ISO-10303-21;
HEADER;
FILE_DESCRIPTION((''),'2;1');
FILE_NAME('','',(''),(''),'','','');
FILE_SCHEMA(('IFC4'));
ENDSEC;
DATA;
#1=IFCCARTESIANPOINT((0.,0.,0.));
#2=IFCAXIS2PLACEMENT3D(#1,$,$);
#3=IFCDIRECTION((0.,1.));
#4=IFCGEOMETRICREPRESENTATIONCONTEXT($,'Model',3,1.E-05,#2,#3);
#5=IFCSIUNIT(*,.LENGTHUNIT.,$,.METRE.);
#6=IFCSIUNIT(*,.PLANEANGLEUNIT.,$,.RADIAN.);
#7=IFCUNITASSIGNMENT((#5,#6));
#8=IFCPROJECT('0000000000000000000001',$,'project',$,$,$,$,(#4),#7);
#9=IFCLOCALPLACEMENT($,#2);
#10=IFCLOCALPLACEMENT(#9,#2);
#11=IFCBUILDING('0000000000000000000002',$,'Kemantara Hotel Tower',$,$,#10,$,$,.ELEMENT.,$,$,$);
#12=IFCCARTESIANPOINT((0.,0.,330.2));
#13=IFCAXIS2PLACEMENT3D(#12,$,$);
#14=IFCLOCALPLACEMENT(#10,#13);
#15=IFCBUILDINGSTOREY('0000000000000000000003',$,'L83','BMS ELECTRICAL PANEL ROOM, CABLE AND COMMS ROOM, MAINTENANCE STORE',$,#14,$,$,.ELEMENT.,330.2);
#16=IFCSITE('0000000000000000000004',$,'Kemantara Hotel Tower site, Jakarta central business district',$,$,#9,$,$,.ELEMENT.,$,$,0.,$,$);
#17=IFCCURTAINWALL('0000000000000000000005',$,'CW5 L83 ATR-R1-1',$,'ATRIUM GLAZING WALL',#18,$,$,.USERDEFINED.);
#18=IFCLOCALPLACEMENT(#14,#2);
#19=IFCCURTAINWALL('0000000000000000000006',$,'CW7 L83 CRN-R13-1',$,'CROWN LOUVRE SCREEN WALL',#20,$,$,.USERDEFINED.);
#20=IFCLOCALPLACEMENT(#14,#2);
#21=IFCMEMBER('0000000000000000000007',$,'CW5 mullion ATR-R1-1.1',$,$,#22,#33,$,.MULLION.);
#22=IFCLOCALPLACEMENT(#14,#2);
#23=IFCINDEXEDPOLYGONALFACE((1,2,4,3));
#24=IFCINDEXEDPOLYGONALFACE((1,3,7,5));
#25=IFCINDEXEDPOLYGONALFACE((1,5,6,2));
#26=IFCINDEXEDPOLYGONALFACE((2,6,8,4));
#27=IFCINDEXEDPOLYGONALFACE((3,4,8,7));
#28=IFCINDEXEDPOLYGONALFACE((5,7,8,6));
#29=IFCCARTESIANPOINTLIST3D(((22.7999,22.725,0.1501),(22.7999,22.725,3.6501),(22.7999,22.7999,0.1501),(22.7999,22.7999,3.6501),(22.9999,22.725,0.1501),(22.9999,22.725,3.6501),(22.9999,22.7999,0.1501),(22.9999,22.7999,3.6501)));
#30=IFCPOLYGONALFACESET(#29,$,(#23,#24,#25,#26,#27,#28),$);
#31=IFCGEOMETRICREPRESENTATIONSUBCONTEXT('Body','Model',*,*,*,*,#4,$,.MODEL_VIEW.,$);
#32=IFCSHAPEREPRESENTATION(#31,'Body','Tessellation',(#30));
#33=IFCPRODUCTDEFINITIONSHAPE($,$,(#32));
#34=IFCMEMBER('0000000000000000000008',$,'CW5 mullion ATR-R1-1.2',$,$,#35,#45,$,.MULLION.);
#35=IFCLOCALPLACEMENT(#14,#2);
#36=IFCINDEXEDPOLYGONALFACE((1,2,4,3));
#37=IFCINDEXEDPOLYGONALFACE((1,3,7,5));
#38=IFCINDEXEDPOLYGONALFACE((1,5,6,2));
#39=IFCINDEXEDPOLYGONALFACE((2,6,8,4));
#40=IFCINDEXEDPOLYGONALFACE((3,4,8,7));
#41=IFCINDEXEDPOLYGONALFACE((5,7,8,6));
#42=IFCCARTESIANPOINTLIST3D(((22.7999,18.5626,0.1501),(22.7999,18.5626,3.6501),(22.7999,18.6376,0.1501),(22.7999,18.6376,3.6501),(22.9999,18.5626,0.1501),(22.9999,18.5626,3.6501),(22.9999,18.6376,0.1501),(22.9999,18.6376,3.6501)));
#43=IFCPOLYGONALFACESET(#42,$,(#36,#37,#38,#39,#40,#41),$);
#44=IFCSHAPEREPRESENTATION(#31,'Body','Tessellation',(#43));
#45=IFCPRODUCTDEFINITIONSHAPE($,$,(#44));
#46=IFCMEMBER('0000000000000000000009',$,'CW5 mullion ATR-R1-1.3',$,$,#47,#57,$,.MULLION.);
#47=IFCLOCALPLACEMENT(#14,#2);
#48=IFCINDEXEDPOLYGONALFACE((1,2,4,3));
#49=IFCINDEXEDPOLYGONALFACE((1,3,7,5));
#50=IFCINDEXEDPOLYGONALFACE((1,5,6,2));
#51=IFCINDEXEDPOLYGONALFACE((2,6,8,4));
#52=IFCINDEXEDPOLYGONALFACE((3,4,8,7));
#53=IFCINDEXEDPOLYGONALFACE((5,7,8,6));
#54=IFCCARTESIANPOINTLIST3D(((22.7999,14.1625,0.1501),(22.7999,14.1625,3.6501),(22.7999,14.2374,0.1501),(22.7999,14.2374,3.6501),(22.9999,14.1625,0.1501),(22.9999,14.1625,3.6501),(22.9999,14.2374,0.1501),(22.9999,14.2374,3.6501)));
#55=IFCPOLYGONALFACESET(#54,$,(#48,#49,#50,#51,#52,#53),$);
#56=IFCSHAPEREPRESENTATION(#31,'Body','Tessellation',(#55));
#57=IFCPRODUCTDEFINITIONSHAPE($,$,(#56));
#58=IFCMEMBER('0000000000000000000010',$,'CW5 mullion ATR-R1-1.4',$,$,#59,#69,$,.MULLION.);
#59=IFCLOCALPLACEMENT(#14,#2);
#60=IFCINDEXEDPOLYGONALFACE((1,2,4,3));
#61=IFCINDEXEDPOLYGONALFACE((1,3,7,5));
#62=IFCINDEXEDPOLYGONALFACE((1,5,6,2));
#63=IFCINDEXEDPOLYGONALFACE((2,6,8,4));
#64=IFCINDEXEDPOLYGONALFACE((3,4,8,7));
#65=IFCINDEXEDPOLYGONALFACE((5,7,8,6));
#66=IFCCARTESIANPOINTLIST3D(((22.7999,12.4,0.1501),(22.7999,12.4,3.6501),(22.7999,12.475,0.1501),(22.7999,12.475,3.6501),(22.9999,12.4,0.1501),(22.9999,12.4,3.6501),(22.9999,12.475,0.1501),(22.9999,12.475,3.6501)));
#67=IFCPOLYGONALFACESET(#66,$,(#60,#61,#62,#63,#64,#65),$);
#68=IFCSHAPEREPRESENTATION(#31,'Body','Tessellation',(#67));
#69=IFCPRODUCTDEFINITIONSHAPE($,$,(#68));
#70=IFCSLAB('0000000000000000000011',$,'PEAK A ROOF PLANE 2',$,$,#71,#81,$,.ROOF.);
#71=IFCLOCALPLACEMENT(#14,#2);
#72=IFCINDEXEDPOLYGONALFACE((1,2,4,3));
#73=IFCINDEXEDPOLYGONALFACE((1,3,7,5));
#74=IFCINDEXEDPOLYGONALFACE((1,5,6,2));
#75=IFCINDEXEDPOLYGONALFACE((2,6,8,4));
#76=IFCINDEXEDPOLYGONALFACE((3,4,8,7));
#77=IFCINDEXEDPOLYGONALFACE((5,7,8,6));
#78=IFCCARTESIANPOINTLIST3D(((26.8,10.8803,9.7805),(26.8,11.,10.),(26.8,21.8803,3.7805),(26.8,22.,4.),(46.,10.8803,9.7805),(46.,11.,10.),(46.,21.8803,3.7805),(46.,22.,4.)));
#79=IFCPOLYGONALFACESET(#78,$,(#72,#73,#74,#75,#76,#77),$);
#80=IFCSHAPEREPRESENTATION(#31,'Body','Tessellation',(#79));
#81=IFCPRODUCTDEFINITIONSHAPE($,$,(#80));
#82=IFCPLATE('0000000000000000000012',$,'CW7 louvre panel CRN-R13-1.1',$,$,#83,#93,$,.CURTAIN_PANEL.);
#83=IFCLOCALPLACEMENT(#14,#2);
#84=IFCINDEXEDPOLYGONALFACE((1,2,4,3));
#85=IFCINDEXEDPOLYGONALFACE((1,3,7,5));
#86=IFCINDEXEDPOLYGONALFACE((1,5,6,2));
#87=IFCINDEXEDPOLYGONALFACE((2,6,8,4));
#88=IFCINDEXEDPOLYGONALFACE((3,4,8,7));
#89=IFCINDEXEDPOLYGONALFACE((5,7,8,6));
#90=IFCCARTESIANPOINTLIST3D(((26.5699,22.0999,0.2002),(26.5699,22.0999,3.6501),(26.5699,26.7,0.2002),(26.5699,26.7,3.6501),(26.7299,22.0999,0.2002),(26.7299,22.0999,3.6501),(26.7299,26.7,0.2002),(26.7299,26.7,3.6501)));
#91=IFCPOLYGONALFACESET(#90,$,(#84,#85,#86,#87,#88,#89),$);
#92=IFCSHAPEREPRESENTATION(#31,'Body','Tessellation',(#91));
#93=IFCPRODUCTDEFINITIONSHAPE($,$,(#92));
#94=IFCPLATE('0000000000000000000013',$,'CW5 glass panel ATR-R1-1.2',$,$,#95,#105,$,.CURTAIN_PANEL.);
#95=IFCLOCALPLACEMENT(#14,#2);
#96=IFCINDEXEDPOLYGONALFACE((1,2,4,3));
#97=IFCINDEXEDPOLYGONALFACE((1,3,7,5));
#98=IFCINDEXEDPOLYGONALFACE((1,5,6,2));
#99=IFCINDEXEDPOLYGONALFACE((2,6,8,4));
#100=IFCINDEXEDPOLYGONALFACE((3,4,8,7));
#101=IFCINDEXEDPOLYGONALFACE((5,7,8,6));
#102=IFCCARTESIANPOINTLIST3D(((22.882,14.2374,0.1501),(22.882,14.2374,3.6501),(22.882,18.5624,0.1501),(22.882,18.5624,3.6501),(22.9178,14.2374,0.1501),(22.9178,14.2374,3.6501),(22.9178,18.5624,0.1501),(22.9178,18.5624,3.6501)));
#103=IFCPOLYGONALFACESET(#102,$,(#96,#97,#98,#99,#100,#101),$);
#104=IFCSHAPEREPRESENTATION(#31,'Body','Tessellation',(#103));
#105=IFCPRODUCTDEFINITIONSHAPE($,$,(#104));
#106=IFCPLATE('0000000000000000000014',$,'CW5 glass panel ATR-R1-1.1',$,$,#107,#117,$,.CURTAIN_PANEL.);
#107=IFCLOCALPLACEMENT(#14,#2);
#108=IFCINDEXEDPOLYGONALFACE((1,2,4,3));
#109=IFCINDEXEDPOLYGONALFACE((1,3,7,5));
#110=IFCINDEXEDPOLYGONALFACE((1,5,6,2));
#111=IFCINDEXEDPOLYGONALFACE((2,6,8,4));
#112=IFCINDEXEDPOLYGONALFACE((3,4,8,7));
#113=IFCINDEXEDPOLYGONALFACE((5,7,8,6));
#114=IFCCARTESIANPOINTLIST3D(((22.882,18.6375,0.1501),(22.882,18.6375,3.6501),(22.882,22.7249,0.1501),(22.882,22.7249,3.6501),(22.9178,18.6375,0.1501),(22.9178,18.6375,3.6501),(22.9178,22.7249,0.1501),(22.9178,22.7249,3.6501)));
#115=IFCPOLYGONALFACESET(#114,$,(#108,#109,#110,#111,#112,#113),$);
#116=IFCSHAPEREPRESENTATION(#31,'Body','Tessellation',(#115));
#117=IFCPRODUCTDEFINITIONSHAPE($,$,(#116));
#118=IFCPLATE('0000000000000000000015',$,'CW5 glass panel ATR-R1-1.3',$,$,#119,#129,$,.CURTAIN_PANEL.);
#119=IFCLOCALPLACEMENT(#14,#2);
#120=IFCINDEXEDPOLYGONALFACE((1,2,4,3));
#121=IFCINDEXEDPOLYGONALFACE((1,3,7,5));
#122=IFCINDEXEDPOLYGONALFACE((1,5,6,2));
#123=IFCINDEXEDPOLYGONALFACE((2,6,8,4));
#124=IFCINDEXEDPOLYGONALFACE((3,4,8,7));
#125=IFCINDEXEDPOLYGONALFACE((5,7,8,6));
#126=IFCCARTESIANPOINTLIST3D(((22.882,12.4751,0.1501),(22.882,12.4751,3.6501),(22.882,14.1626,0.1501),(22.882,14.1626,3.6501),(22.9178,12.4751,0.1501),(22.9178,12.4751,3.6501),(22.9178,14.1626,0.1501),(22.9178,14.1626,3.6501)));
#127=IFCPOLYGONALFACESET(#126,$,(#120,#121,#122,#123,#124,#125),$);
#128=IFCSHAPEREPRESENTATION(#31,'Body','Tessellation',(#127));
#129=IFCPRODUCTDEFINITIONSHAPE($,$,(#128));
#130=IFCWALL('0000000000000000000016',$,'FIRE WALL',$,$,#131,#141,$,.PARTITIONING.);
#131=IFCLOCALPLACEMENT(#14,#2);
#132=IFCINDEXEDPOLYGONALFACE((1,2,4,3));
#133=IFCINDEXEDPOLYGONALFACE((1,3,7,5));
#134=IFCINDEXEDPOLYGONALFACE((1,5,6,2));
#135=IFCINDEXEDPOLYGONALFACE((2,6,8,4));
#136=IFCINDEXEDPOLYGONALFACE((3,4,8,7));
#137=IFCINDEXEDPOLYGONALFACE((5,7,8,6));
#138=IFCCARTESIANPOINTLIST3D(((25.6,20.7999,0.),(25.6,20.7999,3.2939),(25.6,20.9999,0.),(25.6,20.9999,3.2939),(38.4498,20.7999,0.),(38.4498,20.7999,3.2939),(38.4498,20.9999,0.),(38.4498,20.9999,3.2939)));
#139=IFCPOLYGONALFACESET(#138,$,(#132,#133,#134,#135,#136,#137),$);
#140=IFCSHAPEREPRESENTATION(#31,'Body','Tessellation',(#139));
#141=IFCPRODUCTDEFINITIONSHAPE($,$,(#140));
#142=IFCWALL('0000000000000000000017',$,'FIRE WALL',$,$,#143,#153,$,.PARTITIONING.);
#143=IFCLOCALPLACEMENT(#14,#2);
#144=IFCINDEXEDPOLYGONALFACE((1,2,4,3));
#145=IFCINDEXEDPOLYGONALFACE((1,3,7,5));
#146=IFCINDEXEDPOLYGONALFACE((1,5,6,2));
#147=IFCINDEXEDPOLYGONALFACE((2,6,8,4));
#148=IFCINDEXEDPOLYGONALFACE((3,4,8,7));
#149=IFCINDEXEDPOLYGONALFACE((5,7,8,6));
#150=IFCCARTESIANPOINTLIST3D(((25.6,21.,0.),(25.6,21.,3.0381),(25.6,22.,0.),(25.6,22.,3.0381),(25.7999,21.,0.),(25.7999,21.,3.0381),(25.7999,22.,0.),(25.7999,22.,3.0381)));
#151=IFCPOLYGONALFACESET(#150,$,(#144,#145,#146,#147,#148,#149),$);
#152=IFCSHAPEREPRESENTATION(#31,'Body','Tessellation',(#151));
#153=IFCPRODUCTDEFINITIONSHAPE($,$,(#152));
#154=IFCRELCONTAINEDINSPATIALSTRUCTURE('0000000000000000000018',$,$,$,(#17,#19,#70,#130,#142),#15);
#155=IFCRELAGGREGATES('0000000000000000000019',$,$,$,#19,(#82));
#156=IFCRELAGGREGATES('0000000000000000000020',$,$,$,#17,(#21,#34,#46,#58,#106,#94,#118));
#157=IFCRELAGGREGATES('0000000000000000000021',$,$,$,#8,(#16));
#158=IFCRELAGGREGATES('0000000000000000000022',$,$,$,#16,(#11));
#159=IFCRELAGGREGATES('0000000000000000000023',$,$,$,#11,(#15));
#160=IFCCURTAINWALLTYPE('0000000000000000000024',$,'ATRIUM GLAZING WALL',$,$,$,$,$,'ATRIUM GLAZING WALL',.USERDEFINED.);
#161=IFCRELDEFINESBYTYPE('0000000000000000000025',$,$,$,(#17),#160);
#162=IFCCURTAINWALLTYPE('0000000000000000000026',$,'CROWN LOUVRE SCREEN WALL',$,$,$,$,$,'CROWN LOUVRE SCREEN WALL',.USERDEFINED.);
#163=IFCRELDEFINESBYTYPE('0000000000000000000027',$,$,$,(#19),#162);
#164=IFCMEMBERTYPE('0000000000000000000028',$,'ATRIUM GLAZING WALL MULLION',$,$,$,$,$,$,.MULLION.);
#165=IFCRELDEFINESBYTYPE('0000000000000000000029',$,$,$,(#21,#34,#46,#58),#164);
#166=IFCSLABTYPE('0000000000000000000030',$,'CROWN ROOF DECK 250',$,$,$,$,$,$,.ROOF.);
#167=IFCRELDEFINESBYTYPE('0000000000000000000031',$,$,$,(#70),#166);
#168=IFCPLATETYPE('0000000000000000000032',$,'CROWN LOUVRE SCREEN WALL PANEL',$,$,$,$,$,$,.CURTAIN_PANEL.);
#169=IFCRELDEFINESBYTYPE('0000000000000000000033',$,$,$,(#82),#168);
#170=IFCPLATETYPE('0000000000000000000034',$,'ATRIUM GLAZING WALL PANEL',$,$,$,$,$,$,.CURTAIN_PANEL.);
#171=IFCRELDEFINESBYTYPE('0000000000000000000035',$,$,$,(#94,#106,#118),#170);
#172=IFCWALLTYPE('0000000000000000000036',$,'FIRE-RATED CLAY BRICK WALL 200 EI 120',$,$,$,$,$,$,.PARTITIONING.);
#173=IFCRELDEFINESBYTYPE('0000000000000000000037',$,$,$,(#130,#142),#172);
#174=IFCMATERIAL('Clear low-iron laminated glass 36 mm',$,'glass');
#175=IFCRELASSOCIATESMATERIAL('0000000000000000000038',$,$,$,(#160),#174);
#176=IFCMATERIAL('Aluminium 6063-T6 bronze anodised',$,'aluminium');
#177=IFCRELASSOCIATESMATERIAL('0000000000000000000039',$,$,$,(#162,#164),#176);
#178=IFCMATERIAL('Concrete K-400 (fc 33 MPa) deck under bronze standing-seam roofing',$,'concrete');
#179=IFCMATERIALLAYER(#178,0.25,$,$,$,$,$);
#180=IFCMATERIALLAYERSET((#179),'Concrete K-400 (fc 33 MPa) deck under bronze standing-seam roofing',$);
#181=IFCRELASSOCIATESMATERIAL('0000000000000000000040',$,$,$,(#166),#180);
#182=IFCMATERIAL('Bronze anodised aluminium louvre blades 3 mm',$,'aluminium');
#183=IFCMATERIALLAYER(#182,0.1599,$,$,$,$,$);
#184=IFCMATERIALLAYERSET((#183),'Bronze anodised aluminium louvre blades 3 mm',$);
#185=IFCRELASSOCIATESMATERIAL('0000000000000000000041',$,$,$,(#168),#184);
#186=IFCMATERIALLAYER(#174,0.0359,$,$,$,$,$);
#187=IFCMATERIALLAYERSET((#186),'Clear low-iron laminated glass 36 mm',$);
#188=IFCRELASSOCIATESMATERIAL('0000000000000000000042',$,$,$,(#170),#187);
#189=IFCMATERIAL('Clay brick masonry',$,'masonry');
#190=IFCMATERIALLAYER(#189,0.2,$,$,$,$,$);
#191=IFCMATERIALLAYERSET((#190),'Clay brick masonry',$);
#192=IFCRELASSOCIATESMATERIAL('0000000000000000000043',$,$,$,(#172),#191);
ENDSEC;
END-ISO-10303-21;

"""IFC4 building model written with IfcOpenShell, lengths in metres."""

from ifc_helpers import new_model, si_unit, direction, frame, frame_2d, origin, origin_2d, place, context, subcontext, project, spatial, polyline, rectangle, outline, extrude, source, transform, mapped, material, layer, layer_set, material_profile, profile_set, type_object, element, aggregate, save


model = new_model("IFC4")

# Units and contexts
model_context = context("Model", 3, precision=1e-05, world=origin(), true_north=direction((0.0, 1.0)))
body_context = subcontext(model_context, "Body", "Model", "MODEL_VIEW")
ifc_project = project(units=[si_unit("LENGTHUNIT", "METRE"), si_unit("PLANEANGLEUNIT", "RADIAN")], contexts=[model_context])

# Site, building, storey
site_placement = place(None, origin())
site = spatial("IfcSite", under=ifc_project, at=site_placement, Name="Kemantara Hotel Tower site, Jakarta central business district", CompositionType="ELEMENT", RefElevation=0.0)
building_placement = place(site_placement, origin())
building = spatial("IfcBuilding", under=site, at=building_placement, Name="Kemantara Hotel Tower", CompositionType="ELEMENT")
storey_placement = place(building_placement, frame((0.0, 0.0, 330.2)))
storey = spatial("IfcBuildingStorey", under=building, at=storey_placement, Name="L83", Description="BMS ELECTRICAL PANEL ROOM, CABLE AND COMMS ROOM, MAINTENANCE STORE", CompositionType="ELEMENT", Elevation=330.2)

# Curtain wall
ifc_material_1 = material(Name="Clear low-iron laminated glass 36 mm", Category="glass")
curtain_wall_type_1 = type_object("IfcCurtainWallType", Name="ATRIUM GLAZING WALL", ElementType="ATRIUM GLAZING WALL", PredefinedType="USERDEFINED", material=ifc_material_1)
curtain_wall_1_placement = place(storey_placement, origin())
curtain_wall_1 = element("IfcCurtainWall", 1, at=curtain_wall_1_placement, inside=storey, type_object=curtain_wall_type_1, Name="CW5 L83 ATR-R1-1", ObjectType="ATRIUM GLAZING WALL", PredefinedType="USERDEFINED")
ifc_material_2 = material(Name="Aluminium 6063-T6 bronze anodised", Category="aluminium")

# Curtain wall
curtain_wall_type_2 = type_object("IfcCurtainWallType", Name="CROWN LOUVRE SCREEN WALL", ElementType="CROWN LOUVRE SCREEN WALL", PredefinedType="USERDEFINED", material=ifc_material_2)
curtain_wall_2_placement = place(storey_placement, origin())
curtain_wall_2 = element("IfcCurtainWall", 2, at=curtain_wall_2_placement, inside=storey, type_object=curtain_wall_type_2, Name="CW7 L83 CRN-R13-1", ObjectType="CROWN LOUVRE SCREEN WALL", PredefinedType="USERDEFINED")

# Shared definitions
ifc_material_profile_1 = material_profile(ifc_material_2, rectangle(XDim=0.2, YDim=0.075, at=origin_2d()), Name="ATRIUM GLAZING WALL MULLION")
ifc_profile_set_1 = profile_set([ifc_material_profile_1], Name="Aluminium 6063-T6 bronze anodised")
member_type_1 = type_object("IfcMemberType", Name="ATRIUM GLAZING WALL MULLION", PredefinedType="MULLION", material=ifc_profile_set_1)
shared_shape_1 = source(origin(), body_context, "Body", "SweptSolid", [
    extrude(rectangle(XDim=0.2, YDim=0.075, at=origin_2d()), origin(), (0.0, 0.0, 1.0), 3.5),
])

# Members
member_1_placement = place(storey_placement, frame((22.8999, 22.7625, 0.1501), z_axis=(0.0, 0.0, 1.0), x_axis=(1.0, 0.0, 0.0)))
member_1 = element("IfcMember", 3, at=member_1_placement, type_object=member_type_1, Name="CW5 mullion ATR-R1-1.1", PredefinedType="MULLION", context=body_context, shape_type="MappedRepresentation", body=[
    mapped(shared_shape_1, transform((0.0, 0.0, 0.0))),
])
member_2_placement = place(storey_placement, frame((22.8999, 18.6001, 0.1501), z_axis=(0.0, 0.0, 1.0), x_axis=(1.0, 0.0, 0.0)))
member_2 = element("IfcMember", 4, at=member_2_placement, type_object=member_type_1, Name="CW5 mullion ATR-R1-1.2", PredefinedType="MULLION", context=body_context, shape_type="MappedRepresentation", body=[
    mapped(shared_shape_1, transform((0.0, 0.0, 0.0))),
])
member_3_placement = place(storey_placement, frame((22.8999, 14.2, 0.1501), z_axis=(0.0, 0.0, 1.0), x_axis=(1.0, 0.0, 0.0)))
member_3 = element("IfcMember", 5, at=member_3_placement, type_object=member_type_1, Name="CW5 mullion ATR-R1-1.3", PredefinedType="MULLION", context=body_context, shape_type="MappedRepresentation", body=[
    mapped(shared_shape_1, transform((0.0, 0.0, 0.0))),
])
member_4_placement = place(storey_placement, frame((22.8999, 12.4375, 0.1501), z_axis=(0.0, 0.0, 1.0), x_axis=(1.0, 0.0, 0.0)))
member_4 = element("IfcMember", 6, at=member_4_placement, type_object=member_type_1, Name="CW5 mullion ATR-R1-1.4", PredefinedType="MULLION", context=body_context, shape_type="MappedRepresentation", body=[
    mapped(shared_shape_1, transform((0.0, 0.0, 0.0))),
])

# Slab
ifc_material_3 = material(Name="Concrete K-400 (fc 33 MPa) deck under bronze standing-seam roofing", Category="concrete")
ifc_layer_1 = layer(ifc_material_3, 0.25)
ifc_layer_set_1 = layer_set([ifc_layer_1], Name="Concrete K-400 (fc 33 MPa) deck under bronze standing-seam roofing")
slab_type = type_object("IfcSlabType", Name="CROWN ROOF DECK 250", PredefinedType="ROOF", material=ifc_layer_set_1)
slab_placement = place(storey_placement, frame((26.8, 22.0, 4.0), z_axis=(0.0, 0.478852, 0.877896), x_axis=(0.0, -0.877896, 0.478852)))
element("IfcSlab", 7, at=slab_placement, inside=storey, type_object=slab_type, Name="PEAK A ROOF PLANE 2", PredefinedType="ROOF", context=body_context, shape_type="SweptSolid", body=[
    extrude(outline(polyline([(0.0, 0.0), (12.53, 0.0), (12.53, 19.2), (0.0, 19.2), (0.0, 0.0)])), origin(), (0.0, 0.0, -1.0), 0.25),
])

# Plates
ifc_material_4 = material(Name="Bronze anodised aluminium louvre blades 3 mm", Category="aluminium")
ifc_layer_2 = layer(ifc_material_4, 0.1599)
ifc_layer_set_2 = layer_set([ifc_layer_2], Name="Bronze anodised aluminium louvre blades 3 mm")
plate_type_1 = type_object("IfcPlateType", Name="CROWN LOUVRE SCREEN WALL PANEL", PredefinedType="CURTAIN_PANEL", material=ifc_layer_set_2)
shared_shape_2 = source(origin(), body_context, "Body", "SweptSolid", [
    extrude(rectangle(XDim=4.6001, YDim=0.1599, at=origin_2d()), origin(), (0.0, 0.0, 1.0), 3.45),
])
plate_1_placement = place(storey_placement, frame((26.6499, 24.3999, 0.2002), z_axis=(0.0, 0.0, 1.0), x_axis=(0.0, 1.0, 0.0)))
plate_1 = element("IfcPlate", 8, at=plate_1_placement, type_object=plate_type_1, Name="CW7 louvre panel CRN-R13-1.1", PredefinedType="CURTAIN_PANEL", context=body_context, shape_type="MappedRepresentation", body=[
    mapped(shared_shape_2, transform((0.0, 0.0, 0.0))),
])
aggregate(curtain_wall_2, [plate_1])
ifc_layer_3 = layer(ifc_material_1, 0.0359)
ifc_layer_set_3 = layer_set([ifc_layer_3], Name="Clear low-iron laminated glass 36 mm")
plate_type_2 = type_object("IfcPlateType", Name="ATRIUM GLAZING WALL PANEL", PredefinedType="CURTAIN_PANEL", material=ifc_layer_set_3)
shared_shape_3 = source(origin(), body_context, "Body", "SweptSolid", [
    extrude(rectangle(XDim=4.325, YDim=0.0359, at=origin_2d()), origin(), (0.0, 0.0, 1.0), 3.5),
])
plate_2_placement = place(storey_placement, frame((22.8999, 16.3999, 0.1501), z_axis=(0.0, 0.0, 1.0), x_axis=(0.0, -1.0, 0.0)))
plate_2 = element("IfcPlate", 9, at=plate_2_placement, type_object=plate_type_2, Name="CW5 glass panel ATR-R1-1.2", PredefinedType="CURTAIN_PANEL", context=body_context, shape_type="MappedRepresentation", body=[
    mapped(shared_shape_3, transform((0.0, 0.0, 0.0))),
])
shared_shape_4 = source(origin(), body_context, "Body", "SweptSolid", [
    extrude(rectangle(XDim=4.0874, YDim=0.0359, at=origin_2d()), origin(), (0.0, 0.0, 1.0), 3.5),
])
plate_3_placement = place(storey_placement, frame((22.8999, 20.6812, 0.1501), z_axis=(0.0, 0.0, 1.0), x_axis=(0.0, -1.0, 0.0)))
plate_3 = element("IfcPlate", 10, at=plate_3_placement, type_object=plate_type_2, Name="CW5 glass panel ATR-R1-1.1", PredefinedType="CURTAIN_PANEL", context=body_context, shape_type="MappedRepresentation", body=[
    mapped(shared_shape_4, transform((0.0, 0.0, 0.0))),
])
shared_shape_5 = source(origin(), body_context, "Body", "SweptSolid", [
    extrude(rectangle(XDim=1.6875, YDim=0.0359, at=origin_2d()), origin(), (0.0, 0.0, 1.0), 3.5),
])
plate_4_placement = place(storey_placement, frame((22.8999, 13.3188, 0.1501), z_axis=(0.0, 0.0, 1.0), x_axis=(0.0, -1.0, 0.0)))
plate_4 = element("IfcPlate", 11, at=plate_4_placement, type_object=plate_type_2, Name="CW5 glass panel ATR-R1-1.3", PredefinedType="CURTAIN_PANEL", context=body_context, shape_type="MappedRepresentation", body=[
    mapped(shared_shape_5, transform((0.0, 0.0, 0.0))),
])
aggregate(curtain_wall_1, [member_1, member_2, member_3, member_4, plate_3, plate_2, plate_4])

# Walls
ifc_material_5 = material(Name="Clay brick masonry", Category="masonry")
ifc_layer_4 = layer(ifc_material_5, 0.2)
ifc_layer_set_4 = layer_set([ifc_layer_4], Name="Clay brick masonry")
wall_type_1 = type_object("IfcWallType", Name="FIRE-RATED CLAY BRICK WALL 200 EI 120", PredefinedType="PARTITIONING", material=ifc_layer_set_4)
wall_1_placement = place(storey_placement, frame((25.6001, 20.8999, 0.0), z_axis=(0.0, 0.0, 1.0), x_axis=(1.0, 0.0, 0.0)))
element("IfcWall", 12, at=wall_1_placement, inside=storey, type_object=wall_type_1, Name="FIRE WALL", PredefinedType="PARTITIONING", context=body_context, shape_type="SweptSolid", body=[
    extrude(rectangle(XDim=12.8499, YDim=0.2, at=frame_2d((6.4248, 0.0))), origin(), (0.0, 0.0, 1.0), 3.2939),
])
wall_2_placement = place(storey_placement, frame((25.7, 21.0, 0.0), z_axis=(0.0, 0.0, 1.0), x_axis=(0.0, 1.0, 0.0)))
element("IfcWall", 13, at=wall_2_placement, inside=storey, type_object=wall_type_1, Name="FIRE WALL", PredefinedType="PARTITIONING", context=body_context, shape_type="SweptSolid", body=[
    extrude(rectangle(XDim=1.0, YDim=0.2, at=frame_2d((0.5, 0.0))), origin(), (0.0, 0.0, 1.0), 3.0381),
])

save(model, "model.ifc")
